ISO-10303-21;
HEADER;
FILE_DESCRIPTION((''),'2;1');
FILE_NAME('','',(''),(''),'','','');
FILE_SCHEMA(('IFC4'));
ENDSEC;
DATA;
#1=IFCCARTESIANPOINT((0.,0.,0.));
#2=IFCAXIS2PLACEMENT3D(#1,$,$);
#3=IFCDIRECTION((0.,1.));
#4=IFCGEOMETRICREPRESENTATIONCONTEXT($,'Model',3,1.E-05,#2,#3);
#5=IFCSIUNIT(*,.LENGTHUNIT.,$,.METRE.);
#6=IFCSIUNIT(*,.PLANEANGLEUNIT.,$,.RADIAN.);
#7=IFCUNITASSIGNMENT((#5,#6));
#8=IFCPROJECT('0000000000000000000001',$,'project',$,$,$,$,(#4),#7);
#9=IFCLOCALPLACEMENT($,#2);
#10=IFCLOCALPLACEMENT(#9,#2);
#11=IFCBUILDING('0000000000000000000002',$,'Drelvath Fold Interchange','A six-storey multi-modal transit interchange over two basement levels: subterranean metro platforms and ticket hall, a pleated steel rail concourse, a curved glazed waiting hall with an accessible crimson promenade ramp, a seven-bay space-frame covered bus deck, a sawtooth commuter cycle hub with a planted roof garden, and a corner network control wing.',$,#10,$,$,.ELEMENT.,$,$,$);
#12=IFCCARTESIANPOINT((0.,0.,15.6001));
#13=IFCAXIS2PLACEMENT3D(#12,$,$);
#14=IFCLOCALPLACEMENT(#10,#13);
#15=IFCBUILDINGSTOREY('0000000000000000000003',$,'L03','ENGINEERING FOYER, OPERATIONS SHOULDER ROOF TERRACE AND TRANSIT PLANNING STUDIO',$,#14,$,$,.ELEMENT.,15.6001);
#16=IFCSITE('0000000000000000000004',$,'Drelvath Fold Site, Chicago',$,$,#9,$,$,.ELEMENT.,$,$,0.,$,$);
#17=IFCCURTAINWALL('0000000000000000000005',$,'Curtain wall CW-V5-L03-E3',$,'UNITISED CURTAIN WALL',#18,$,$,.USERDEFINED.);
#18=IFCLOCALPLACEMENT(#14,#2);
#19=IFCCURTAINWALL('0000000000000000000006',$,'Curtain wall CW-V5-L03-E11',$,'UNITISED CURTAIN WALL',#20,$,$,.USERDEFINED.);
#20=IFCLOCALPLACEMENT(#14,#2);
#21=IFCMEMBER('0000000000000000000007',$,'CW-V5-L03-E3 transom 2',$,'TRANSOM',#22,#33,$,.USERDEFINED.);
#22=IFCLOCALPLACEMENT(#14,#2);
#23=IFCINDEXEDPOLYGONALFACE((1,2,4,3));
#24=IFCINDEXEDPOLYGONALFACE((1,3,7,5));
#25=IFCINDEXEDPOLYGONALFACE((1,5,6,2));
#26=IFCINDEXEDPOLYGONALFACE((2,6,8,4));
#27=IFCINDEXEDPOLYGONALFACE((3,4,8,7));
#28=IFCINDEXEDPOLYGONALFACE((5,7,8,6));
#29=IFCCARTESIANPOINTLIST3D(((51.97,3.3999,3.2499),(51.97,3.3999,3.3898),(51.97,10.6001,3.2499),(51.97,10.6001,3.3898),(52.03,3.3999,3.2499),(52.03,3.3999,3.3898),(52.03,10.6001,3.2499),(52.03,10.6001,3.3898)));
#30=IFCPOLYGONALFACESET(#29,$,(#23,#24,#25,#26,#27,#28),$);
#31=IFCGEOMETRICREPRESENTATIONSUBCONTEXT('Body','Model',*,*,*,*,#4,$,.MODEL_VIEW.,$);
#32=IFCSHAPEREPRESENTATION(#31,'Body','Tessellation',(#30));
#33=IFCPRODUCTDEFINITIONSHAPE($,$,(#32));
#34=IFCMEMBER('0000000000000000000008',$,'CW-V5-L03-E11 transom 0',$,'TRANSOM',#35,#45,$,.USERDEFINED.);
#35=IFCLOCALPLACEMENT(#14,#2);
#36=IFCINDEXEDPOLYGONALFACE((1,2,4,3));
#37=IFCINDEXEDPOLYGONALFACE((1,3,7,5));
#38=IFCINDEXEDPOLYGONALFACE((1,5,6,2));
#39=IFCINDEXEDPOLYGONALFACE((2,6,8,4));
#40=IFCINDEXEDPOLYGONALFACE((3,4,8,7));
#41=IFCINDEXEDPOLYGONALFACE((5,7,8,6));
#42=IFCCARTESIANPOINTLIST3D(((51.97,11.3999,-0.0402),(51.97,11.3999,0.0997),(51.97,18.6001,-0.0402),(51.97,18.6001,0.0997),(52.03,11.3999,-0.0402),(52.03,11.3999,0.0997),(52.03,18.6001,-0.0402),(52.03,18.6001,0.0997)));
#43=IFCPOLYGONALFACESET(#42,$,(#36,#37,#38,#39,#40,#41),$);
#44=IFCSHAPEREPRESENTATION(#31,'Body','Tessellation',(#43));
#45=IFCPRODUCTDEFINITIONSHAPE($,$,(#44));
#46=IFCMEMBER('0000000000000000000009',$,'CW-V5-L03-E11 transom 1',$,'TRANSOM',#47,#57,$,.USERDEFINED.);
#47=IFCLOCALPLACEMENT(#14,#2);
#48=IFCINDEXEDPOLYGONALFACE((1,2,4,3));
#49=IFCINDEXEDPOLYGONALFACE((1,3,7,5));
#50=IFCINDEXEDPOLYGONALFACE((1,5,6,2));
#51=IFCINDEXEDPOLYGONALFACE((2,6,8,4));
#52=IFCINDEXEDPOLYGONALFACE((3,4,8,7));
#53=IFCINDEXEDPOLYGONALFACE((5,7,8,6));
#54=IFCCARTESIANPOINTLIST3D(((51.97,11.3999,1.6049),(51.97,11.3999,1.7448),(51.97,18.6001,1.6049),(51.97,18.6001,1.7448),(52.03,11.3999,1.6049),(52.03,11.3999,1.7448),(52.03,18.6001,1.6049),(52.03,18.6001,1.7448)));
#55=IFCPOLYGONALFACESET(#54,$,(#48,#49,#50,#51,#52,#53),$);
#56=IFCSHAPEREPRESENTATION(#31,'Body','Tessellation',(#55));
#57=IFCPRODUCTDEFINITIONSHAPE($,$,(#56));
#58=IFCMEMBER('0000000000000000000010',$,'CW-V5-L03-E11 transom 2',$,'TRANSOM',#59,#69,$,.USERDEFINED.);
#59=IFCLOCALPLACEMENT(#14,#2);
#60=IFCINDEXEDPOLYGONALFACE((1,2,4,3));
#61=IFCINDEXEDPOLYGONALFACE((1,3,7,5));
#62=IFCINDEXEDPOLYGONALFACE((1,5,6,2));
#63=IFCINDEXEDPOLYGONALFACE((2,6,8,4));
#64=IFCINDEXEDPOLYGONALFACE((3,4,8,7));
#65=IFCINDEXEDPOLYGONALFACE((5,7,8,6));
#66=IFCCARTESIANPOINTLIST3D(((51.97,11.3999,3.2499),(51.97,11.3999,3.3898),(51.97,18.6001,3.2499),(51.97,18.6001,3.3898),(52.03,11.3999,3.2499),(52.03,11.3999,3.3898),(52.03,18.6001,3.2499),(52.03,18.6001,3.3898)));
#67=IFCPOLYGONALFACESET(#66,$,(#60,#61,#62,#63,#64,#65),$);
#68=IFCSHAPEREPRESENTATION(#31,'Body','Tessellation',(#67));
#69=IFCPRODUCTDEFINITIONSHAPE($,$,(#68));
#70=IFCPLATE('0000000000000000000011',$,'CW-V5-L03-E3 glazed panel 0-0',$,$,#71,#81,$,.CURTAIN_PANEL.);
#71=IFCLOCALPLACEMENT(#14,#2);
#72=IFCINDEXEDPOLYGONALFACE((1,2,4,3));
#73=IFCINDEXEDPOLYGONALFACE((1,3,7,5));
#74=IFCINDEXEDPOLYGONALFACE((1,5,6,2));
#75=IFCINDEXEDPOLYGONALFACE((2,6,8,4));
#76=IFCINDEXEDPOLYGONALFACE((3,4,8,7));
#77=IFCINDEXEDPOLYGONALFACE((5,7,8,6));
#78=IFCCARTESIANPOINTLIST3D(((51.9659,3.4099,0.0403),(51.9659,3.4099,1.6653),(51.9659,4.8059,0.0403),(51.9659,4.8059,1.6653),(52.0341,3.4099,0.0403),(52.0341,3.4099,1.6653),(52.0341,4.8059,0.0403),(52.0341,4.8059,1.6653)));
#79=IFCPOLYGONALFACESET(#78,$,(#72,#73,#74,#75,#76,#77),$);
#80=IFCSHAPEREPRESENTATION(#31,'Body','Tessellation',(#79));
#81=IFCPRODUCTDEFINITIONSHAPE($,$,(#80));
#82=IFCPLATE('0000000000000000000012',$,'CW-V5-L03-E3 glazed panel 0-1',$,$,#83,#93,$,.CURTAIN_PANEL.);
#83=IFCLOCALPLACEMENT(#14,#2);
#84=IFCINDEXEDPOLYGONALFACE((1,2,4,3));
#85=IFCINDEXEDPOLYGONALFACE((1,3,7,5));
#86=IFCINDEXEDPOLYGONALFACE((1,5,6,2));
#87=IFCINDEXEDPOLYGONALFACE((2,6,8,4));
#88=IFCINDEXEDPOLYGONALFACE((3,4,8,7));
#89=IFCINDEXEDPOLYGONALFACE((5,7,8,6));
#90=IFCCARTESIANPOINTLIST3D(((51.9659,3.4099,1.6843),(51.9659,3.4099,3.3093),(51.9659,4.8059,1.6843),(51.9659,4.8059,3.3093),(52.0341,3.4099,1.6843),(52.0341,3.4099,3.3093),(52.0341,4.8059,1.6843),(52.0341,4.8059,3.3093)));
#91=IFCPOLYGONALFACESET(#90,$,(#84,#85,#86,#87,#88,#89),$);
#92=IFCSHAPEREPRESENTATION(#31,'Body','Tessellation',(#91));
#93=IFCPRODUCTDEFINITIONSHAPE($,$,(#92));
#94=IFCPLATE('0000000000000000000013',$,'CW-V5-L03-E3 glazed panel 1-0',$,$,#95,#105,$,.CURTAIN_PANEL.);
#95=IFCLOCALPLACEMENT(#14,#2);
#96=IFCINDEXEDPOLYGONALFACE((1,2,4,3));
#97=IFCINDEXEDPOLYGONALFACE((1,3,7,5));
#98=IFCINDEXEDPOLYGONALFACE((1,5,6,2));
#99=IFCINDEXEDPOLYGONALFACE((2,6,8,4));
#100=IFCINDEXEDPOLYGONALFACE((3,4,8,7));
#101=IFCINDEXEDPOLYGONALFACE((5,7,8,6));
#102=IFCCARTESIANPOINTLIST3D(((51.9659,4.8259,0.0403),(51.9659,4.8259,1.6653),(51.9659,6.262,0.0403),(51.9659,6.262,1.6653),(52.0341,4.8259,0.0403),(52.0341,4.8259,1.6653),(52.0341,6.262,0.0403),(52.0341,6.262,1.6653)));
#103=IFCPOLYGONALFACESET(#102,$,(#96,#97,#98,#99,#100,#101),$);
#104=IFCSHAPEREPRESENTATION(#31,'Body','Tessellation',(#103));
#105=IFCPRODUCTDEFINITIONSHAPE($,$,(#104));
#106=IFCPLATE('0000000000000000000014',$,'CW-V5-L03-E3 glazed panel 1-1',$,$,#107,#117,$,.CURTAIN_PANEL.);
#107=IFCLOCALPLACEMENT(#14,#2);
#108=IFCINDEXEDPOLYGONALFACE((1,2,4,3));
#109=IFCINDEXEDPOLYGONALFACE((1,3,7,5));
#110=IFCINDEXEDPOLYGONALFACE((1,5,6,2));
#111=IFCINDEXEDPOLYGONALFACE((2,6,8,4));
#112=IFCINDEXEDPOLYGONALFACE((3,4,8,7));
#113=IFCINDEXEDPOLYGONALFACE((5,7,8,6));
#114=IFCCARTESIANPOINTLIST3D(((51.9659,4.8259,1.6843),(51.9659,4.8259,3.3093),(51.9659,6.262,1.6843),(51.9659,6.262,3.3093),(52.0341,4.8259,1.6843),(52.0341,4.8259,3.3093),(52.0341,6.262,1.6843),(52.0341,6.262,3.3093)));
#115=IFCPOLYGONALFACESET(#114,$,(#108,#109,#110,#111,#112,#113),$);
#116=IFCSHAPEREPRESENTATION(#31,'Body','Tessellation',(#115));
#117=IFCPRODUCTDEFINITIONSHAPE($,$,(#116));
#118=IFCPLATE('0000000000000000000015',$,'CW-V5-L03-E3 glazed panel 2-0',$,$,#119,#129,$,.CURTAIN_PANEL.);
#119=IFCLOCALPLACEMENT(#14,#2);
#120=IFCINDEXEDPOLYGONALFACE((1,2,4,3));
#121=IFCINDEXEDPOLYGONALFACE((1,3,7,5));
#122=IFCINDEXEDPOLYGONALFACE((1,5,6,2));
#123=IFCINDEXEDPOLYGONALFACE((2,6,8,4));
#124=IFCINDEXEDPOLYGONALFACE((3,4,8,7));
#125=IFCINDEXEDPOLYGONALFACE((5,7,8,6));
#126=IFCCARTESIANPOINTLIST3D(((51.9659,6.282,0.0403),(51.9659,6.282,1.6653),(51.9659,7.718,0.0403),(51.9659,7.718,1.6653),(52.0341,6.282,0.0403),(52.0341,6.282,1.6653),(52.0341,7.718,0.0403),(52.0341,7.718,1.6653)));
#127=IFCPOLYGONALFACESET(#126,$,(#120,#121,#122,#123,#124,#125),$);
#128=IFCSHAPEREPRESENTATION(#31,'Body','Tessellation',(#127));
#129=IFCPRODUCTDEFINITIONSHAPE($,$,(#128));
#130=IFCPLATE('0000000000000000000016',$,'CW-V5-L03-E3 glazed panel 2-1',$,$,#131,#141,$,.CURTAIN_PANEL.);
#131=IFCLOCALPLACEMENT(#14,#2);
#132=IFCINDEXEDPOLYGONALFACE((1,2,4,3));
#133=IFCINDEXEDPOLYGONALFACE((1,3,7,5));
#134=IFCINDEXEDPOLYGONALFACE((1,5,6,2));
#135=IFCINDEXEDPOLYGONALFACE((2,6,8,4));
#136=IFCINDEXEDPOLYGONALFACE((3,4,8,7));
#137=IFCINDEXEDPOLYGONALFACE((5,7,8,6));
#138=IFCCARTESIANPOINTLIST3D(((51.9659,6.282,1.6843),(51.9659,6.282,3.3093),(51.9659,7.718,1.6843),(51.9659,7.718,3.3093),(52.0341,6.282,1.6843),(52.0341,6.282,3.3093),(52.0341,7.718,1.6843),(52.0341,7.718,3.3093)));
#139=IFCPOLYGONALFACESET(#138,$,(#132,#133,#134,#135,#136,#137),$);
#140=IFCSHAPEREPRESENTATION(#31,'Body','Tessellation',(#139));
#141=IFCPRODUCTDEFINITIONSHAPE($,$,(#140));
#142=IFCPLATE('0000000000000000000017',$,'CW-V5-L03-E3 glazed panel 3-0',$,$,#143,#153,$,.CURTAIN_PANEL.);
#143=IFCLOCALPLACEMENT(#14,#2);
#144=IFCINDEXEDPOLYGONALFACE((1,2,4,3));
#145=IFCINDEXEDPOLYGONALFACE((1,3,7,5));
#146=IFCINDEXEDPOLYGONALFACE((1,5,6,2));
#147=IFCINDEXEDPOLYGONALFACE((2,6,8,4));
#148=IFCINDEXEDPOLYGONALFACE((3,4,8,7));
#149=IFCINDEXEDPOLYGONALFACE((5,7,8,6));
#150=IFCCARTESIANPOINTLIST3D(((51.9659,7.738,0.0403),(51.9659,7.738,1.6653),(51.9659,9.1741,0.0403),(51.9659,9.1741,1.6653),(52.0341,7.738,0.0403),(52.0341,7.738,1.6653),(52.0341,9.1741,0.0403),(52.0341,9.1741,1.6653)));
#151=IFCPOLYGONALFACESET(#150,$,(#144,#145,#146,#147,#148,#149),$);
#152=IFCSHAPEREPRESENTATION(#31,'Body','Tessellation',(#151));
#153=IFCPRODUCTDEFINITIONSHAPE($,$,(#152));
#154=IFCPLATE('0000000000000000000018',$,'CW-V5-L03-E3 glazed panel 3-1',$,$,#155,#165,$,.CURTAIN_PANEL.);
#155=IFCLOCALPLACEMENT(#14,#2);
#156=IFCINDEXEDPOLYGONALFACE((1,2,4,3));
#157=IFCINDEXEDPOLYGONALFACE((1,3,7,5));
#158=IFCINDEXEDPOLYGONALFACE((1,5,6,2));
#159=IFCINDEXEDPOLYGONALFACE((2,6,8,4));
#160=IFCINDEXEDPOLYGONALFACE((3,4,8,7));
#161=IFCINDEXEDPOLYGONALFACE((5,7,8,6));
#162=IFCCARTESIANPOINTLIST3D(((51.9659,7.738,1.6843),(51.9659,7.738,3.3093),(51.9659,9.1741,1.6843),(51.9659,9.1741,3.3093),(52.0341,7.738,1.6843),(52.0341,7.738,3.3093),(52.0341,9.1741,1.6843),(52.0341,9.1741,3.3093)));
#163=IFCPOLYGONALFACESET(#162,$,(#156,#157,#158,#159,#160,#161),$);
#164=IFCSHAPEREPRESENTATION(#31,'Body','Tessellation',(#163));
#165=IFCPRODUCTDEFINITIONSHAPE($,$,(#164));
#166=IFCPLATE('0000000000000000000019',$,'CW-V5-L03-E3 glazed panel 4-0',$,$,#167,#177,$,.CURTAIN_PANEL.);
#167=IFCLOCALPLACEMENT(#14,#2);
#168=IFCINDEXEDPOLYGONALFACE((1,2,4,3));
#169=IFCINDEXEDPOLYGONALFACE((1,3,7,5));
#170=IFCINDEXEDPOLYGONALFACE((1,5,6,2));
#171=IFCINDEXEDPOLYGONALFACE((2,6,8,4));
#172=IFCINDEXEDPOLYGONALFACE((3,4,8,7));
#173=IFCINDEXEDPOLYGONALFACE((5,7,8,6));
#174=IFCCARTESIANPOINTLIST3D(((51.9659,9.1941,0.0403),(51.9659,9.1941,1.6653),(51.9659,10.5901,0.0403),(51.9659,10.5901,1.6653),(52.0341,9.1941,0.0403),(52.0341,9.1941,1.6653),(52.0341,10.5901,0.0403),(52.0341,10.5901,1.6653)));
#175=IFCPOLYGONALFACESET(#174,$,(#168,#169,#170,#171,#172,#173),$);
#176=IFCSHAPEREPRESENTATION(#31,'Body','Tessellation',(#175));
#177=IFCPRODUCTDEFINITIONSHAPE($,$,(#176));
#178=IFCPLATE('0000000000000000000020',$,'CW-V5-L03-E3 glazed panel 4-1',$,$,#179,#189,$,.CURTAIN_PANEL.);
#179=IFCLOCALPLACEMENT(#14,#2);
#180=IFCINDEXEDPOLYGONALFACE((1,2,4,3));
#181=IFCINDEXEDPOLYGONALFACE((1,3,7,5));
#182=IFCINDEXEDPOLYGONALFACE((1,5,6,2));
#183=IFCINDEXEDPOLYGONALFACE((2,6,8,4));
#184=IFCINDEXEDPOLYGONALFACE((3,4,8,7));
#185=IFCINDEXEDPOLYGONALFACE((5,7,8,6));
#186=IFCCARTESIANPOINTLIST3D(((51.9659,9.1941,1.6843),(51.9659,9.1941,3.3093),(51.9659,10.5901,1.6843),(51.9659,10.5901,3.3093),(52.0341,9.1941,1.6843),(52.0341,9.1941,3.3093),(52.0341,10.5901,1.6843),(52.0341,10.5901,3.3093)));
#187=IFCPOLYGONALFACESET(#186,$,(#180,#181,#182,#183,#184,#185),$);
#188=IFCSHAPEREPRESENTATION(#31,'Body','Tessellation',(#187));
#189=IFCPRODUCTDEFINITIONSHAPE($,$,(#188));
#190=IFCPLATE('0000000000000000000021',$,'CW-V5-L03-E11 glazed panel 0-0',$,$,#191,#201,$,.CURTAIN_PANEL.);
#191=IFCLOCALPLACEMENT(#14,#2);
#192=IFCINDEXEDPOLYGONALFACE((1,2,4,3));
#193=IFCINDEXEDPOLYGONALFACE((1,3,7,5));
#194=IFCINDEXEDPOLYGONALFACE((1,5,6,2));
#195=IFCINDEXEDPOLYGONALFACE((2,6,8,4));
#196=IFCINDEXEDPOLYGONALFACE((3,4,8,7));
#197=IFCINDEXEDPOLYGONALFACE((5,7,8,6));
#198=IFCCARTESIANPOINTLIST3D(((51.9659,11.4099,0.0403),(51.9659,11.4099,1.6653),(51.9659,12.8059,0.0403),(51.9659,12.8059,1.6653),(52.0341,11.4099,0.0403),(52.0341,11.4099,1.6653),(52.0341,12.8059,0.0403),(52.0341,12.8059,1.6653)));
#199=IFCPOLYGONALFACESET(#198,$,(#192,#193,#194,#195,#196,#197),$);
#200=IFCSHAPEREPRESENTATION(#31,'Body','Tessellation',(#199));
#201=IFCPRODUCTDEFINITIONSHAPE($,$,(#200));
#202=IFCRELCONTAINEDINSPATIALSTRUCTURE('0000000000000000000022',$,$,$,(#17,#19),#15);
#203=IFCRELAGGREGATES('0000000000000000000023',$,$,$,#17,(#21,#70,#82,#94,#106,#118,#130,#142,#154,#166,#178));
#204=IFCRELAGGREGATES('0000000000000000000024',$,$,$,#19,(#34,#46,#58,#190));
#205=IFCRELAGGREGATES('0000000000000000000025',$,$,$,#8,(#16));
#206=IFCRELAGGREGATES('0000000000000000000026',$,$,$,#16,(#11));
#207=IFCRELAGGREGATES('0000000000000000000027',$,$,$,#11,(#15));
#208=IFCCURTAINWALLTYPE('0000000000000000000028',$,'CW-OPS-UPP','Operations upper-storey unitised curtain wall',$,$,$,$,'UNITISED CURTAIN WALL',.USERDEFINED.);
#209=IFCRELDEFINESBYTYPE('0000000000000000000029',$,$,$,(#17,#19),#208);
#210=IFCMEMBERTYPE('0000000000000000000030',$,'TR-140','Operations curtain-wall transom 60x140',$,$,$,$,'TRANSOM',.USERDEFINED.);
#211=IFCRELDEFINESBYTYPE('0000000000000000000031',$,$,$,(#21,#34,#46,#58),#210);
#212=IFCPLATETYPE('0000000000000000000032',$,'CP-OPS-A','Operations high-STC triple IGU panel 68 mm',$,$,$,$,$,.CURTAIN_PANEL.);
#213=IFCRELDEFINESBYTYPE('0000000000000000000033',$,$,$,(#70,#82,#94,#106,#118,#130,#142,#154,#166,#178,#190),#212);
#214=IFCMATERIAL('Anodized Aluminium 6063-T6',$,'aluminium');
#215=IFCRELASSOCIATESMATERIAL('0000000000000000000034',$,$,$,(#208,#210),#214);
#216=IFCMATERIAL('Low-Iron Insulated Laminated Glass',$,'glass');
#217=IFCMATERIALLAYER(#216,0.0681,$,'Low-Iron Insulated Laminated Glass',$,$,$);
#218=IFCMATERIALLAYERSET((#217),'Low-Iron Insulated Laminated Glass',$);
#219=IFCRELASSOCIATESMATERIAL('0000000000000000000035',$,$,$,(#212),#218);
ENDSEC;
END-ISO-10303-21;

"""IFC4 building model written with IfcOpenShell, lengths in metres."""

from ifc_helpers import new_model, si_unit, direction, frame, origin, origin_2d, place, context, subcontext, project, spatial, rectangle, extrude, material, layer, layer_set, material_profile, profile_set, type_object, element, aggregate, save


model = new_model("IFC4")

# Units and contexts
model_context = context("Model", 3, precision=1e-05, world=origin(), true_north=direction((0.0, 1.0)))
body_context = subcontext(model_context, "Body", "Model", "MODEL_VIEW")
ifc_project = project(units=[si_unit("LENGTHUNIT", "METRE"), si_unit("PLANEANGLEUNIT", "RADIAN")], contexts=[model_context])

# Site, building, storey
site_placement = place(None, origin())
site = spatial("IfcSite", under=ifc_project, at=site_placement, Name="Drelvath Fold Site, Chicago", CompositionType="ELEMENT", RefElevation=0.0)
building_placement = place(site_placement, origin())
building = spatial("IfcBuilding", under=site, at=building_placement, Name="Drelvath Fold Interchange", Description="A six-storey multi-modal transit interchange over two basement levels: subterranean metro platforms and ticket hall, a pleated steel rail concourse, a curved glazed waiting hall with an accessible crimson promenade ramp, a seven-bay space-frame covered bus deck, a sawtooth commuter cycle hub with a planted roof garden, and a corner network control wing.", CompositionType="ELEMENT")
storey_placement = place(building_placement, frame((0.0, 0.0, 15.6001)))
storey = spatial("IfcBuildingStorey", under=building, at=storey_placement, Name="L03", Description="ENGINEERING FOYER, OPERATIONS SHOULDER ROOF TERRACE AND TRANSIT PLANNING STUDIO", CompositionType="ELEMENT", Elevation=15.6001)

# Curtain walls
ifc_material_1 = material(Name="Anodized Aluminium 6063-T6", Category="aluminium")
curtain_wall_type = type_object("IfcCurtainWallType", Name="CW-OPS-UPP", Description="Operations upper-storey unitised curtain wall", ElementType="UNITISED CURTAIN WALL", PredefinedType="USERDEFINED", material=ifc_material_1)
curtain_wall_1_placement = place(storey_placement, origin())
curtain_wall_1 = element("IfcCurtainWall", 1, at=curtain_wall_1_placement, inside=storey, type_object=curtain_wall_type, Name="Curtain wall CW-V5-L03-E3", ObjectType="UNITISED CURTAIN WALL", PredefinedType="USERDEFINED")
curtain_wall_2_placement = place(storey_placement, origin())
curtain_wall_2 = element("IfcCurtainWall", 2, at=curtain_wall_2_placement, inside=storey, type_object=curtain_wall_type, Name="Curtain wall CW-V5-L03-E11", ObjectType="UNITISED CURTAIN WALL", PredefinedType="USERDEFINED")

# Members
ifc_material_profile_1 = material_profile(ifc_material_1, rectangle(XDim=0.0601, YDim=0.1399, at=origin_2d()), Name="AL-T 60x140")
ifc_profile_set_1 = profile_set([ifc_material_profile_1], Name="Anodized Aluminium 6063-T6")
member_type_1 = type_object("IfcMemberType", Name="TR-140", Description="Operations curtain-wall transom 60x140", ElementType="TRANSOM", PredefinedType="USERDEFINED", material=ifc_profile_set_1)
member_1_placement = place(storey_placement, frame((52.0, 3.3999, 3.3198), z_axis=(0.0, 1.0, 0.0), x_axis=(-1.0, 0.0, 0.0)))
member_1 = element("IfcMember", 3, at=member_1_placement, type_object=member_type_1, Name="CW-V5-L03-E3 transom 2", ObjectType="TRANSOM", PredefinedType="USERDEFINED", context=body_context, shape_type="SweptSolid", body=[
    extrude(rectangle(XDim=0.0601, YDim=0.1399, at=origin_2d()), origin(), (0.0, 0.0, 1.0), 7.2002),
])
member_2_placement = place(storey_placement, frame((52.0, 11.3999, 0.0298), z_axis=(0.0, 1.0, 0.0), x_axis=(-1.0, 0.0, 0.0)))
member_2 = element("IfcMember", 4, at=member_2_placement, type_object=member_type_1, Name="CW-V5-L03-E11 transom 0", ObjectType="TRANSOM", PredefinedType="USERDEFINED", context=body_context, shape_type="SweptSolid", body=[
    extrude(rectangle(XDim=0.0601, YDim=0.1399, at=origin_2d()), origin(), (0.0, 0.0, 1.0), 7.2002),
])
member_3_placement = place(storey_placement, frame((52.0, 11.3999, 1.6748), z_axis=(0.0, 1.0, 0.0), x_axis=(-1.0, 0.0, 0.0)))
member_3 = element("IfcMember", 5, at=member_3_placement, type_object=member_type_1, Name="CW-V5-L03-E11 transom 1", ObjectType="TRANSOM", PredefinedType="USERDEFINED", context=body_context, shape_type="SweptSolid", body=[
    extrude(rectangle(XDim=0.0601, YDim=0.1399, at=origin_2d()), origin(), (0.0, 0.0, 1.0), 7.2002),
])
member_4_placement = place(storey_placement, frame((52.0, 11.3999, 3.3198), z_axis=(0.0, 1.0, 0.0), x_axis=(-1.0, 0.0, 0.0)))
member_4 = element("IfcMember", 6, at=member_4_placement, type_object=member_type_1, Name="CW-V5-L03-E11 transom 2", ObjectType="TRANSOM", PredefinedType="USERDEFINED", context=body_context, shape_type="SweptSolid", body=[
    extrude(rectangle(XDim=0.0601, YDim=0.1399, at=origin_2d()), origin(), (0.0, 0.0, 1.0), 7.2002),
])

# Plates
ifc_material_2 = material(Name="Low-Iron Insulated Laminated Glass", Category="glass")
ifc_layer = layer(ifc_material_2, 0.0681, Name="Low-Iron Insulated Laminated Glass")
ifc_layer_set = layer_set([ifc_layer], Name="Low-Iron Insulated Laminated Glass")
plate_type = type_object("IfcPlateType", Name="CP-OPS-A", Description="Operations high-STC triple IGU panel 68 mm", PredefinedType="CURTAIN_PANEL", material=ifc_layer_set)
plate_1_placement = place(storey_placement, frame((52.0, 4.1079, 0.0403), z_axis=(0.0, 0.0, 1.0), x_axis=(0.0, 1.0, 0.0)))
plate_1 = element("IfcPlate", 7, at=plate_1_placement, type_object=plate_type, Name="CW-V5-L03-E3 glazed panel 0-0", PredefinedType="CURTAIN_PANEL", context=body_context, shape_type="SweptSolid", body=[
    extrude(rectangle(XDim=1.396, YDim=0.0681, at=origin_2d()), origin(), (0.0, 0.0, 1.0), 1.625),
])
plate_2_placement = place(storey_placement, frame((52.0, 4.1079, 1.6843), z_axis=(0.0, 0.0, 1.0), x_axis=(0.0, 1.0, 0.0)))
plate_2 = element("IfcPlate", 8, at=plate_2_placement, type_object=plate_type, Name="CW-V5-L03-E3 glazed panel 0-1", PredefinedType="CURTAIN_PANEL", context=body_context, shape_type="SweptSolid", body=[
    extrude(rectangle(XDim=1.396, YDim=0.0681, at=origin_2d()), origin(), (0.0, 0.0, 1.0), 1.625),
])
plate_3_placement = place(storey_placement, frame((52.0, 5.5439, 0.0403), z_axis=(0.0, 0.0, 1.0), x_axis=(0.0, 1.0, 0.0)))
plate_3 = element("IfcPlate", 9, at=plate_3_placement, type_object=plate_type, Name="CW-V5-L03-E3 glazed panel 1-0", PredefinedType="CURTAIN_PANEL", context=body_context, shape_type="SweptSolid", body=[
    extrude(rectangle(XDim=1.436, YDim=0.0681, at=origin_2d()), origin(), (0.0, 0.0, 1.0), 1.625),
])
plate_4_placement = place(storey_placement, frame((52.0, 5.5439, 1.6843), z_axis=(0.0, 0.0, 1.0), x_axis=(0.0, 1.0, 0.0)))
plate_4 = element("IfcPlate", 10, at=plate_4_placement, type_object=plate_type, Name="CW-V5-L03-E3 glazed panel 1-1", PredefinedType="CURTAIN_PANEL", context=body_context, shape_type="SweptSolid", body=[
    extrude(rectangle(XDim=1.436, YDim=0.0681, at=origin_2d()), origin(), (0.0, 0.0, 1.0), 1.625),
])
plate_5_placement = place(storey_placement, frame((52.0, 7.0, 0.0403), z_axis=(0.0, 0.0, 1.0), x_axis=(0.0, 1.0, 0.0)))
plate_5 = element("IfcPlate", 11, at=plate_5_placement, type_object=plate_type, Name="CW-V5-L03-E3 glazed panel 2-0", PredefinedType="CURTAIN_PANEL", context=body_context, shape_type="SweptSolid", body=[
    extrude(rectangle(XDim=1.436, YDim=0.0681, at=origin_2d()), origin(), (0.0, 0.0, 1.0), 1.625),
])
plate_6_placement = place(storey_placement, frame((52.0, 7.0, 1.6843), z_axis=(0.0, 0.0, 1.0), x_axis=(0.0, 1.0, 0.0)))
plate_6 = element("IfcPlate", 12, at=plate_6_placement, type_object=plate_type, Name="CW-V5-L03-E3 glazed panel 2-1", PredefinedType="CURTAIN_PANEL", context=body_context, shape_type="SweptSolid", body=[
    extrude(rectangle(XDim=1.436, YDim=0.0681, at=origin_2d()), origin(), (0.0, 0.0, 1.0), 1.625),
])
plate_7_placement = place(storey_placement, frame((52.0, 8.4561, 0.0403), z_axis=(0.0, 0.0, 1.0), x_axis=(0.0, 1.0, 0.0)))
plate_7 = element("IfcPlate", 13, at=plate_7_placement, type_object=plate_type, Name="CW-V5-L03-E3 glazed panel 3-0", PredefinedType="CURTAIN_PANEL", context=body_context, shape_type="SweptSolid", body=[
    extrude(rectangle(XDim=1.436, YDim=0.0681, at=origin_2d()), origin(), (0.0, 0.0, 1.0), 1.625),
])
plate_8_placement = place(storey_placement, frame((52.0, 8.4561, 1.6843), z_axis=(0.0, 0.0, 1.0), x_axis=(0.0, 1.0, 0.0)))
plate_8 = element("IfcPlate", 14, at=plate_8_placement, type_object=plate_type, Name="CW-V5-L03-E3 glazed panel 3-1", PredefinedType="CURTAIN_PANEL", context=body_context, shape_type="SweptSolid", body=[
    extrude(rectangle(XDim=1.436, YDim=0.0681, at=origin_2d()), origin(), (0.0, 0.0, 1.0), 1.625),
])
plate_9_placement = place(storey_placement, frame((52.0, 9.8921, 0.0403), z_axis=(0.0, 0.0, 1.0), x_axis=(0.0, 1.0, 0.0)))
plate_9 = element("IfcPlate", 15, at=plate_9_placement, type_object=plate_type, Name="CW-V5-L03-E3 glazed panel 4-0", PredefinedType="CURTAIN_PANEL", context=body_context, shape_type="SweptSolid", body=[
    extrude(rectangle(XDim=1.396, YDim=0.0681, at=origin_2d()), origin(), (0.0, 0.0, 1.0), 1.625),
])
plate_10_placement = place(storey_placement, frame((52.0, 9.8921, 1.6843), z_axis=(0.0, 0.0, 1.0), x_axis=(0.0, 1.0, 0.0)))
plate_10 = element("IfcPlate", 16, at=plate_10_placement, type_object=plate_type, Name="CW-V5-L03-E3 glazed panel 4-1", PredefinedType="CURTAIN_PANEL", context=body_context, shape_type="SweptSolid", body=[
    extrude(rectangle(XDim=1.396, YDim=0.0681, at=origin_2d()), origin(), (0.0, 0.0, 1.0), 1.625),
])
aggregate(curtain_wall_1, [member_1, plate_1, plate_2, plate_3, plate_4, plate_5, plate_6, plate_7, plate_8, plate_9, plate_10])
plate_11_placement = place(storey_placement, frame((52.0, 12.1079, 0.0403), z_axis=(0.0, 0.0, 1.0), x_axis=(0.0, 1.0, 0.0)))
plate_11 = element("IfcPlate", 17, at=plate_11_placement, type_object=plate_type, Name="CW-V5-L03-E11 glazed panel 0-0", PredefinedType="CURTAIN_PANEL", context=body_context, shape_type="SweptSolid", body=[
    extrude(rectangle(XDim=1.396, YDim=0.0681, at=origin_2d()), origin(), (0.0, 0.0, 1.0), 1.625),
])
aggregate(curtain_wall_2, [member_2, member_3, member_4, plate_11])

save(model, "model.ifc")
